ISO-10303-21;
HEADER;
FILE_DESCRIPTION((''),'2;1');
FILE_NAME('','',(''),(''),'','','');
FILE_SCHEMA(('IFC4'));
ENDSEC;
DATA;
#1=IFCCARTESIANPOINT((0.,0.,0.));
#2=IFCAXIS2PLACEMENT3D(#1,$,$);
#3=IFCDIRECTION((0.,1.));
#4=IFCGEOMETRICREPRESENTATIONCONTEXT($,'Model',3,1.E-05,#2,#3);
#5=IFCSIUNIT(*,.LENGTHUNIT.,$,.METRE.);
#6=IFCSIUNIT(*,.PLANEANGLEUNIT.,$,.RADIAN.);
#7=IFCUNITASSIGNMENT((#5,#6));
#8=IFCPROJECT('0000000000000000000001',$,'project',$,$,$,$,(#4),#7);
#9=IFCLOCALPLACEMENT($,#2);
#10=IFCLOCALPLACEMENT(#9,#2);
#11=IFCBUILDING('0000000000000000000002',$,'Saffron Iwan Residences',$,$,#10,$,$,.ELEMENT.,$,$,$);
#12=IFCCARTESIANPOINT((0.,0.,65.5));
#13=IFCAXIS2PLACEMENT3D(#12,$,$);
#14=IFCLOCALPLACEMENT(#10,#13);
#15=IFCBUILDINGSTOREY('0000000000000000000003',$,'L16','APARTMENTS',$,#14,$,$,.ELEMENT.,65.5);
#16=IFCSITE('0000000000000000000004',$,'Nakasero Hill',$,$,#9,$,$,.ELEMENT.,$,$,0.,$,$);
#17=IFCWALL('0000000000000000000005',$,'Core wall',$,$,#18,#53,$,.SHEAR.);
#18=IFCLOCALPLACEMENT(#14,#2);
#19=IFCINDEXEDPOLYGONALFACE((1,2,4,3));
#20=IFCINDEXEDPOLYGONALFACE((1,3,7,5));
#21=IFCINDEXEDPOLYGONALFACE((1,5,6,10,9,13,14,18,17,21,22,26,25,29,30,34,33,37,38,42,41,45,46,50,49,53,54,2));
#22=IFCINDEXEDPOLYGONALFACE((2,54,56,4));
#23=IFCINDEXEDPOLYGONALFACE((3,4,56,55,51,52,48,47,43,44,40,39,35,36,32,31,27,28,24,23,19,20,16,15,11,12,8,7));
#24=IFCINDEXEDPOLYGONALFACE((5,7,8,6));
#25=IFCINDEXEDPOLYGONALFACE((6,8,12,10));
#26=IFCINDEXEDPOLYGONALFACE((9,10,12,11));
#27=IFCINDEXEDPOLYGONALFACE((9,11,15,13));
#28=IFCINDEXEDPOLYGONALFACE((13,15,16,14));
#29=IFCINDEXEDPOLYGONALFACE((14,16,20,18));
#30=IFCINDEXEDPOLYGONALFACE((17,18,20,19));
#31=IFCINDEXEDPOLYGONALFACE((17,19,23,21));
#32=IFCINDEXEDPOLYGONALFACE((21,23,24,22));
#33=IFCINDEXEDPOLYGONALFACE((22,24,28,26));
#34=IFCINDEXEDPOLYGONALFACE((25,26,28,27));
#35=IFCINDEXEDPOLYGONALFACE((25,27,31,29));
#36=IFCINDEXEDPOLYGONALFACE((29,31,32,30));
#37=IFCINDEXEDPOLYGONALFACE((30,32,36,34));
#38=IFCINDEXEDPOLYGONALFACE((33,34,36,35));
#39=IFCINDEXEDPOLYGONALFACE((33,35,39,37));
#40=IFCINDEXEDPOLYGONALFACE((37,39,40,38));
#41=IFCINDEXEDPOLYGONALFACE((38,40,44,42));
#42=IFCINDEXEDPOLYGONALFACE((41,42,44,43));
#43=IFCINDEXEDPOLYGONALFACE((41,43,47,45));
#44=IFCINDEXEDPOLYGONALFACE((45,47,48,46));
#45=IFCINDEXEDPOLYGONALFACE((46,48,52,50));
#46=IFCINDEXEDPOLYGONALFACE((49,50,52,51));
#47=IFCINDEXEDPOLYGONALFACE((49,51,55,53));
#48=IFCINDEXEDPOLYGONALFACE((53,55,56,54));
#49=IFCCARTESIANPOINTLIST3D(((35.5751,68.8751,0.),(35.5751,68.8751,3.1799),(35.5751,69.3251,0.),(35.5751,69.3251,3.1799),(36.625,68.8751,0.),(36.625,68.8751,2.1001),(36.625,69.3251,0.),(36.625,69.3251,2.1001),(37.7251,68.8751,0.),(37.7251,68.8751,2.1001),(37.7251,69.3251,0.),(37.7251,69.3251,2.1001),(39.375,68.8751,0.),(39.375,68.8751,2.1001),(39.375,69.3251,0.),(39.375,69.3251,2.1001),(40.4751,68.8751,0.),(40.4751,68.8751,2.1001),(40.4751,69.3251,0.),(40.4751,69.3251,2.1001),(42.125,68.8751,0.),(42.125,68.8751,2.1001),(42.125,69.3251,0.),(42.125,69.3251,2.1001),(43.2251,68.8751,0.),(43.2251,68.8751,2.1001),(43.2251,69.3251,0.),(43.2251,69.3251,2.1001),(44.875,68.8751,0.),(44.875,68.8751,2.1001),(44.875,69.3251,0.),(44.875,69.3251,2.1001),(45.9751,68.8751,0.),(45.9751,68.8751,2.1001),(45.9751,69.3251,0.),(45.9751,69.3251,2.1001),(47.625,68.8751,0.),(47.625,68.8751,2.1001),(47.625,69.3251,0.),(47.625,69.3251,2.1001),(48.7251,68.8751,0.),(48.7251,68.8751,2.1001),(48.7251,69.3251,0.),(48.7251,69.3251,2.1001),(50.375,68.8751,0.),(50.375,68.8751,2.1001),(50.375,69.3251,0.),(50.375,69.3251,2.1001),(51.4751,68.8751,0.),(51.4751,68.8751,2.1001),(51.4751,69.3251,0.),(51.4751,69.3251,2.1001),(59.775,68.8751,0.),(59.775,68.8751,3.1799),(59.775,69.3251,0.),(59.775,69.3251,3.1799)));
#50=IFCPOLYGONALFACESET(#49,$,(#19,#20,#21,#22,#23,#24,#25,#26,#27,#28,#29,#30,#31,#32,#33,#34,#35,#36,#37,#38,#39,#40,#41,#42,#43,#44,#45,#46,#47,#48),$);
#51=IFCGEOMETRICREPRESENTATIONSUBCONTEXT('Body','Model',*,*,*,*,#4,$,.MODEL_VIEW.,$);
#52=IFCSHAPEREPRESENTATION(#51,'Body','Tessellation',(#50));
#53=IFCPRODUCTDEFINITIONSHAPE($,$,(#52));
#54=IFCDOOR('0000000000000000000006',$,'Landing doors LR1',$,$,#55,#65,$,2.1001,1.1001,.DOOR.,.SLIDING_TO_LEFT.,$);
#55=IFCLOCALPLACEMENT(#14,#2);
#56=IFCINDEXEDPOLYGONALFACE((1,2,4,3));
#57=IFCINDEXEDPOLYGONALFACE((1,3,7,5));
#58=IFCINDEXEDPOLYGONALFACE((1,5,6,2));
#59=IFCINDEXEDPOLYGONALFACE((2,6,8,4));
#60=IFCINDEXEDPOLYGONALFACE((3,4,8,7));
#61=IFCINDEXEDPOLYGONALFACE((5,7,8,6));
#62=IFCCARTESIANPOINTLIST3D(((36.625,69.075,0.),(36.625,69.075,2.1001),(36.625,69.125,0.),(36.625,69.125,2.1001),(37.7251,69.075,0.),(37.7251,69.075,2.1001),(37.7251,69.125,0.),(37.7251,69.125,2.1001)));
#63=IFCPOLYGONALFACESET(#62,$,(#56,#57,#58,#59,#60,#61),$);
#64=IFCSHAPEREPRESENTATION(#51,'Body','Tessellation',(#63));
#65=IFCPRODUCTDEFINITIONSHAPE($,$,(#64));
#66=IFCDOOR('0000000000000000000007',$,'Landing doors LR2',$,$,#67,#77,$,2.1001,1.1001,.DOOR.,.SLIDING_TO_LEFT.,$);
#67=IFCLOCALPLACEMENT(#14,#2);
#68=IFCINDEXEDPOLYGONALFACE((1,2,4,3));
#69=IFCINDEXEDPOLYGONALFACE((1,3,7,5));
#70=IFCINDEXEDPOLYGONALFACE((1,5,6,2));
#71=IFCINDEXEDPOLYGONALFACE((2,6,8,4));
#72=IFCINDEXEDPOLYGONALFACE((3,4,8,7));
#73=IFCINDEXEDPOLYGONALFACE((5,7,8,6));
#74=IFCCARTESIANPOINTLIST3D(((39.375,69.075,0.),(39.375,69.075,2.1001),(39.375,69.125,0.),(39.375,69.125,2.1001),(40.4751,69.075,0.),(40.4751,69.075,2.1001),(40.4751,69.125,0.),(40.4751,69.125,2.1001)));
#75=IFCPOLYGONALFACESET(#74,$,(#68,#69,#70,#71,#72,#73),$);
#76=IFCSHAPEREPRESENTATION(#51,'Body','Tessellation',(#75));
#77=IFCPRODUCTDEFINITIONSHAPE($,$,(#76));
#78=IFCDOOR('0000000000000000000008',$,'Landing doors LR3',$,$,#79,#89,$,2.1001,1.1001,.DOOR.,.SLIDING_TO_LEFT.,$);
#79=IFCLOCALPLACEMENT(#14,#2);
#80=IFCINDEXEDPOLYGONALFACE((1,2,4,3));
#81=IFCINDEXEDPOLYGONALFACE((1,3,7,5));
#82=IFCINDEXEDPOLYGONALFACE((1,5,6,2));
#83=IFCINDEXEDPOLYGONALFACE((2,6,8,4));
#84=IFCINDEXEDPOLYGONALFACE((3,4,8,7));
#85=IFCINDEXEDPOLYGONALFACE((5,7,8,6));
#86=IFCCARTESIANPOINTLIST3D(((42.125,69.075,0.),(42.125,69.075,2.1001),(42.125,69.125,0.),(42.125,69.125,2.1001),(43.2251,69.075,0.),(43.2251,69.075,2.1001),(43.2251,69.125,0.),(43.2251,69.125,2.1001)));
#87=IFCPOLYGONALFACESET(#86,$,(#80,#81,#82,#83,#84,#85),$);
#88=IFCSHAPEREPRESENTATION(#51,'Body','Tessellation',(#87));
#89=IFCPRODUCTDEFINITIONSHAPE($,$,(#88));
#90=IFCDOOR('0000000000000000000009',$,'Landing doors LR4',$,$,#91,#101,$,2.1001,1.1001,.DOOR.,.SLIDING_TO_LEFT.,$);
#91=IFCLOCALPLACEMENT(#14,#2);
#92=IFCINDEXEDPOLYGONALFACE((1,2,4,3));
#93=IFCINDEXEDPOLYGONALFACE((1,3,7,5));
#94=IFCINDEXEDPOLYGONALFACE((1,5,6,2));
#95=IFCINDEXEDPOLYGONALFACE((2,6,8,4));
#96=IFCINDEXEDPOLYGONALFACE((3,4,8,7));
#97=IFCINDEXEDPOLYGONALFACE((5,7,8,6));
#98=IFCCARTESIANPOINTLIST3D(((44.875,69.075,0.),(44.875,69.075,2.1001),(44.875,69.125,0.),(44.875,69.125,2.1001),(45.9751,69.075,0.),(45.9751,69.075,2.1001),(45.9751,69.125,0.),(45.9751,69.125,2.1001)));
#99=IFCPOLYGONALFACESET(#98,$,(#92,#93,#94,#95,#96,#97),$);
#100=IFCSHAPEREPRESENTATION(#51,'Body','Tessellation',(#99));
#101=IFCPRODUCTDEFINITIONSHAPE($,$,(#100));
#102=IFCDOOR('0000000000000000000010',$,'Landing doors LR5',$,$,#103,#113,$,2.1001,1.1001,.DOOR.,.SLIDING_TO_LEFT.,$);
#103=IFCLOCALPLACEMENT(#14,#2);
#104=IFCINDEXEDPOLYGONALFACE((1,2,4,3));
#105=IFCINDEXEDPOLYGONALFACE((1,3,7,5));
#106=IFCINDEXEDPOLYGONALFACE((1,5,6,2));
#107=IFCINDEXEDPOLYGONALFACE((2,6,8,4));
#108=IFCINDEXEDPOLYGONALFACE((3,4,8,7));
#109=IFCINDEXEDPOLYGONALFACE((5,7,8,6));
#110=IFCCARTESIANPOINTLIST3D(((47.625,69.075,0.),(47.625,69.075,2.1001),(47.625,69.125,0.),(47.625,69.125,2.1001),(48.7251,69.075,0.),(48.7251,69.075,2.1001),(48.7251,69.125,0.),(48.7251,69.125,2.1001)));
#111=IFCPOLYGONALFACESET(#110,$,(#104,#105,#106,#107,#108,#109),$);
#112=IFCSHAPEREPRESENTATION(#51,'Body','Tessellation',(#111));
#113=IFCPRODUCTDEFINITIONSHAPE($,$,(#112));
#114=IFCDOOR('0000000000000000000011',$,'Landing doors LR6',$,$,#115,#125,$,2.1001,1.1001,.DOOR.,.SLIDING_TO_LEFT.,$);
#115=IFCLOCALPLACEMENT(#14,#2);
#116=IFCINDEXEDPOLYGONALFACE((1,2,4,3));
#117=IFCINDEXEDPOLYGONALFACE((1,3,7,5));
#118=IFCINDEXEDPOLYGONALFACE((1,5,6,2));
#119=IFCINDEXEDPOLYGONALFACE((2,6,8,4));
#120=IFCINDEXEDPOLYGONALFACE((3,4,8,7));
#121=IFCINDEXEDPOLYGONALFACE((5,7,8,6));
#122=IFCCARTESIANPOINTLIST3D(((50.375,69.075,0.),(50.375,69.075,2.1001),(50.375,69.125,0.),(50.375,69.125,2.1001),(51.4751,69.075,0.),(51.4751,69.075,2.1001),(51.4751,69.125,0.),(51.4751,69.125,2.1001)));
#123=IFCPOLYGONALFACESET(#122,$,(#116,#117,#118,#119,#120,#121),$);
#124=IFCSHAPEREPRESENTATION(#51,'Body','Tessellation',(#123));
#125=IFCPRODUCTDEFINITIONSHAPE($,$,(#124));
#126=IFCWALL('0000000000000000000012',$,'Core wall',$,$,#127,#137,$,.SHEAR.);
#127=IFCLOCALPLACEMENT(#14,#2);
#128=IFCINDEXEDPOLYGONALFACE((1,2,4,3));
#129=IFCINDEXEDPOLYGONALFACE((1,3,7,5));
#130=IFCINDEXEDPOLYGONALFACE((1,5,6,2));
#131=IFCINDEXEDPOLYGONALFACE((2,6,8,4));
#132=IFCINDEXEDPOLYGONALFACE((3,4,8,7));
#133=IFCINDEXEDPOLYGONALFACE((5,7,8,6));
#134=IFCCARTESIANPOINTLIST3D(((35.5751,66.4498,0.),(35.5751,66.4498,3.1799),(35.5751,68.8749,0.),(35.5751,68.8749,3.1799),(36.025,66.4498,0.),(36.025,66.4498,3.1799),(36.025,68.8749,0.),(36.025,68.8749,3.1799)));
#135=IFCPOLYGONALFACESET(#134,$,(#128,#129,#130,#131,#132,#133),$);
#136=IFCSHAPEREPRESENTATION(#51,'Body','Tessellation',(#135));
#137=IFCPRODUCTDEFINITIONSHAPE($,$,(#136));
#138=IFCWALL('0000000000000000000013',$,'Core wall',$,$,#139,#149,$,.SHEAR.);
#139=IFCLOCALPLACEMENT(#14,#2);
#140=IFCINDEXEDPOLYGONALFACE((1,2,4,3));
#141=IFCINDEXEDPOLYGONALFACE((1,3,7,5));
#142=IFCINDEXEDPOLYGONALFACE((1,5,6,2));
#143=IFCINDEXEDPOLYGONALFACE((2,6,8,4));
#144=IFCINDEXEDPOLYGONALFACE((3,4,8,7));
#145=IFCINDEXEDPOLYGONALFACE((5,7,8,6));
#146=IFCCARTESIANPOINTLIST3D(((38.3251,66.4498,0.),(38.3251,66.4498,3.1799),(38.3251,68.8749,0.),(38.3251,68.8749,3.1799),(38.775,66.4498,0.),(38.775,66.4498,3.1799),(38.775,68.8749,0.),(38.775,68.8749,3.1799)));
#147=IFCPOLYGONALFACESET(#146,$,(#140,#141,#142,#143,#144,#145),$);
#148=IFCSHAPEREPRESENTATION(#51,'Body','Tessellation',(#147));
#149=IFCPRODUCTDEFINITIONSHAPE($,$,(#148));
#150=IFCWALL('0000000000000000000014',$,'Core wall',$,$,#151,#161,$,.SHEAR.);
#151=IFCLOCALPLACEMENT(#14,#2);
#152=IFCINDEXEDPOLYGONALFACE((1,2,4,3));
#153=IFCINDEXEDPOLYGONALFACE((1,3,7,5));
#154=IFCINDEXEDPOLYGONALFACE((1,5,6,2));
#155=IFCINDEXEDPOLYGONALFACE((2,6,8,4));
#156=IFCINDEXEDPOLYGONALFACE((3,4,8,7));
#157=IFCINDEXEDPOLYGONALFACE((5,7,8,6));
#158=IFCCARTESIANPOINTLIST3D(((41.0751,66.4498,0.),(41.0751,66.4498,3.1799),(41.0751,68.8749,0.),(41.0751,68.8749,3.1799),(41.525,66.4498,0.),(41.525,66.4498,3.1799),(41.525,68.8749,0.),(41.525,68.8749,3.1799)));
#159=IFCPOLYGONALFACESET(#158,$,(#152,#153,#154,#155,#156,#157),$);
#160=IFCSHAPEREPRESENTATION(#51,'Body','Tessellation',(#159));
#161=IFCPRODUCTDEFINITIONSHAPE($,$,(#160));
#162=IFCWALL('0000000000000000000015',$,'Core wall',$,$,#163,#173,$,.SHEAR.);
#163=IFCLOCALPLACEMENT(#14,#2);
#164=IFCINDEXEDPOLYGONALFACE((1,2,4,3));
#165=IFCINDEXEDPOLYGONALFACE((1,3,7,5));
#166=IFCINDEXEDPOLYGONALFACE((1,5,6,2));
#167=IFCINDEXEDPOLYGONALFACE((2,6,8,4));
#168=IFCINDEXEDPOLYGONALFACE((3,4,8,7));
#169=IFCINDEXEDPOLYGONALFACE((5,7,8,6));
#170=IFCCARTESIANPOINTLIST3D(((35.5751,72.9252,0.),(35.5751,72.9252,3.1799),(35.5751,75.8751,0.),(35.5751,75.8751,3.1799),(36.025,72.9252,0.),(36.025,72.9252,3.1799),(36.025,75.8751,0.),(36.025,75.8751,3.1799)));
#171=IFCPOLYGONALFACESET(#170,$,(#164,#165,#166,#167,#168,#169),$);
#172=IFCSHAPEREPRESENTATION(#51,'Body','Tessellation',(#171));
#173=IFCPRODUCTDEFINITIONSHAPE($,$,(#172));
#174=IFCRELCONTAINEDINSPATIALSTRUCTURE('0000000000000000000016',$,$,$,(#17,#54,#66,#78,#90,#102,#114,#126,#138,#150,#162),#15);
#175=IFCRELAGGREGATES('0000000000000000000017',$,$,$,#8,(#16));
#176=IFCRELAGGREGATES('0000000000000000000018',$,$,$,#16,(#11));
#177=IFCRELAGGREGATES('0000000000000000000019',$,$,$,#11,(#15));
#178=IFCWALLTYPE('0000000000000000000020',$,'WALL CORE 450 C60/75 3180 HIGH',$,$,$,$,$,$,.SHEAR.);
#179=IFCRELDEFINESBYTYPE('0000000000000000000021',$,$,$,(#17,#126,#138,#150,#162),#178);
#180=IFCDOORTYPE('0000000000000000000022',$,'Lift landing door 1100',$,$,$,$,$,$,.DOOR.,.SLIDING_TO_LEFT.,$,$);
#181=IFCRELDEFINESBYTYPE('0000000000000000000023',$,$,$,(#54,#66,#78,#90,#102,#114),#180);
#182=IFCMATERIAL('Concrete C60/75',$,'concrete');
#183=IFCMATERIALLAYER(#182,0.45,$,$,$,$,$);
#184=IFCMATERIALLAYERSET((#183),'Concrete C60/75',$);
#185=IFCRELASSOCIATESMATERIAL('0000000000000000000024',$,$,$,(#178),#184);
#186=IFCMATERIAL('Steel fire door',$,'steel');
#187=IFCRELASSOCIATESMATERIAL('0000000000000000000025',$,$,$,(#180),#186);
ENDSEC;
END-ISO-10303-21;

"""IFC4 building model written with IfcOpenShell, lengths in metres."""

from ifc_helpers import new_model, si_unit, direction, frame, frame_2d, origin, place, context, subcontext, project, spatial, rectangle, extrude, material, layer, layer_set, type_object, element, fill, save


model = new_model("IFC4")

# Units and contexts
model_context = context("Model", 3, precision=1e-05, world=origin(), true_north=direction((0.0, 1.0)))
body_context = subcontext(model_context, "Body", "Model", "MODEL_VIEW")
ifc_project = project(units=[si_unit("LENGTHUNIT", "METRE"), si_unit("PLANEANGLEUNIT", "RADIAN")], contexts=[model_context])

# Site, building, storey
site_placement = place(None, origin())
site = spatial("IfcSite", under=ifc_project, at=site_placement, Name="Nakasero Hill", CompositionType="ELEMENT", RefElevation=0.0)
building_placement = place(site_placement, origin())
building = spatial("IfcBuilding", under=site, at=building_placement, Name="Saffron Iwan Residences", CompositionType="ELEMENT")
storey_placement = place(building_placement, frame((0.0, 0.0, 65.5)))
storey = spatial("IfcBuildingStorey", under=building, at=storey_placement, Name="L16", Description="APARTMENTS", CompositionType="ELEMENT", Elevation=65.5)

# Wall, openings, doors
ifc_material_1 = material(Name="Concrete C60/75", Category="concrete")
ifc_layer = layer(ifc_material_1, 0.45)
ifc_layer_set = layer_set([ifc_layer], Name="Concrete C60/75")
wall_type = type_object("IfcWallType", Name="WALL CORE 450 C60/75 3180 HIGH", PredefinedType="SHEAR", material=ifc_layer_set)
wall_placement = place(storey_placement, frame((35.575, 69.1001, 0.0), z_axis=(0.0, 0.0, 1.0), x_axis=(1.0, 0.0, 0.0)))
wall = element("IfcWall", 1, at=wall_placement, inside=storey, type_object=wall_type, Name="Core wall", PredefinedType="SHEAR", context=body_context, shape_type="SweptSolid", body=[
    extrude(rectangle(XDim=24.2, YDim=0.45, at=frame_2d((12.1001, 0.0))), origin(), (0.0, 0.0, 1.0), 3.1799),
])
opening_1_placement = place(wall_placement, frame((1.05, 0.0, 0.0)))
opening_1 = element("IfcOpeningElement", 2, at=opening_1_placement, cuts=wall, PredefinedType="OPENING", context=body_context, shape_type="SweptSolid", body=[
    extrude(rectangle(XDim=1.1001, YDim=2.1001, at=frame_2d((0.55, 1.05))), frame((0.0, 0.2349, 0.0), z_axis=(0.0, -1.0, 0.0), x_axis=(1.0, 0.0, 0.0)), (0.0, 0.0, 1.0), 0.47),
])
opening_2_placement = place(wall_placement, frame((3.8, 0.0, 0.0)))
opening_2 = element("IfcOpeningElement", 3, at=opening_2_placement, cuts=wall, PredefinedType="OPENING", context=body_context, shape_type="SweptSolid", body=[
    extrude(rectangle(XDim=1.1001, YDim=2.1001, at=frame_2d((0.55, 1.05))), frame((0.0, 0.2349, 0.0), z_axis=(0.0, -1.0, 0.0), x_axis=(1.0, 0.0, 0.0)), (0.0, 0.0, 1.0), 0.47),
])
opening_3_placement = place(wall_placement, frame((6.55, 0.0, 0.0)))
opening_3 = element("IfcOpeningElement", 4, at=opening_3_placement, cuts=wall, PredefinedType="OPENING", context=body_context, shape_type="SweptSolid", body=[
    extrude(rectangle(XDim=1.1001, YDim=2.1001, at=frame_2d((0.55, 1.05))), frame((0.0, 0.2349, 0.0), z_axis=(0.0, -1.0, 0.0), x_axis=(1.0, 0.0, 0.0)), (0.0, 0.0, 1.0), 0.47),
])
opening_4_placement = place(wall_placement, frame((9.3, 0.0, 0.0)))
opening_4 = element("IfcOpeningElement", 5, at=opening_4_placement, cuts=wall, PredefinedType="OPENING", context=body_context, shape_type="SweptSolid", body=[
    extrude(rectangle(XDim=1.1001, YDim=2.1001, at=frame_2d((0.55, 1.05))), frame((0.0, 0.2349, 0.0), z_axis=(0.0, -1.0, 0.0), x_axis=(1.0, 0.0, 0.0)), (0.0, 0.0, 1.0), 0.47),
])
opening_5_placement = place(wall_placement, frame((12.05, 0.0, 0.0)))
opening_5 = element("IfcOpeningElement", 6, at=opening_5_placement, cuts=wall, PredefinedType="OPENING", context=body_context, shape_type="SweptSolid", body=[
    extrude(rectangle(XDim=1.1001, YDim=2.1001, at=frame_2d((0.55, 1.05))), frame((0.0, 0.2349, 0.0), z_axis=(0.0, -1.0, 0.0), x_axis=(1.0, 0.0, 0.0)), (0.0, 0.0, 1.0), 0.47),
])
opening_6_placement = place(wall_placement, frame((14.8, 0.0, 0.0)))
opening_6 = element("IfcOpeningElement", 7, at=opening_6_placement, cuts=wall, PredefinedType="OPENING", context=body_context, shape_type="SweptSolid", body=[
    extrude(rectangle(XDim=1.1001, YDim=2.1001, at=frame_2d((0.55, 1.05))), frame((0.0, 0.2349, 0.0), z_axis=(0.0, -1.0, 0.0), x_axis=(1.0, 0.0, 0.0)), (0.0, 0.0, 1.0), 0.47),
])
ifc_material_2 = material(Name="Steel fire door", Category="steel")
door_type = type_object("IfcDoorType", Name="Lift landing door 1100", OperationType="SLIDING_TO_LEFT", PredefinedType="DOOR", material=ifc_material_2)
door_1_placement = place(opening_1_placement, origin())
door_1 = element("IfcDoor", 8, at=door_1_placement, inside=storey, type_object=door_type, Name="Landing doors LR1", OperationType="SLIDING_TO_LEFT", OverallHeight=2.1001, OverallWidth=1.1001, PredefinedType="DOOR", context=body_context, shape_type="SweptSolid", body=[
    extrude(rectangle(XDim=1.1001, YDim=2.1001, at=frame_2d((0.55, 1.05))), frame((0.0, 0.0249, 0.0), z_axis=(0.0, -1.0, 0.0), x_axis=(1.0, 0.0, 0.0)), (0.0, 0.0, 1.0), 0.05),
])
fill(opening_1, door_1)
door_2_placement = place(opening_2_placement, origin())
door_2 = element("IfcDoor", 9, at=door_2_placement, inside=storey, type_object=door_type, Name="Landing doors LR2", OperationType="SLIDING_TO_LEFT", OverallHeight=2.1001, OverallWidth=1.1001, PredefinedType="DOOR", context=body_context, shape_type="SweptSolid", body=[
    extrude(rectangle(XDim=1.1001, YDim=2.1001, at=frame_2d((0.55, 1.05))), frame((0.0, 0.0249, 0.0), z_axis=(0.0, -1.0, 0.0), x_axis=(1.0, 0.0, 0.0)), (0.0, 0.0, 1.0), 0.05),
])
fill(opening_2, door_2)
door_3_placement = place(opening_3_placement, origin())
door_3 = element("IfcDoor", 10, at=door_3_placement, inside=storey, type_object=door_type, Name="Landing doors LR3", OperationType="SLIDING_TO_LEFT", OverallHeight=2.1001, OverallWidth=1.1001, PredefinedType="DOOR", context=body_context, shape_type="SweptSolid", body=[
    extrude(rectangle(XDim=1.1001, YDim=2.1001, at=frame_2d((0.55, 1.05))), frame((0.0, 0.0249, 0.0), z_axis=(0.0, -1.0, 0.0), x_axis=(1.0, 0.0, 0.0)), (0.0, 0.0, 1.0), 0.05),
])
fill(opening_3, door_3)
door_4_placement = place(opening_4_placement, origin())
door_4 = element("IfcDoor", 11, at=door_4_placement, inside=storey, type_object=door_type, Name="Landing doors LR4", OperationType="SLIDING_TO_LEFT", OverallHeight=2.1001, OverallWidth=1.1001, PredefinedType="DOOR", context=body_context, shape_type="SweptSolid", body=[
    extrude(rectangle(XDim=1.1001, YDim=2.1001, at=frame_2d((0.55, 1.05))), frame((0.0, 0.0249, 0.0), z_axis=(0.0, -1.0, 0.0), x_axis=(1.0, 0.0, 0.0)), (0.0, 0.0, 1.0), 0.05),
])
fill(opening_4, door_4)
door_5_placement = place(opening_5_placement, origin())
door_5 = element("IfcDoor", 12, at=door_5_placement, inside=storey, type_object=door_type, Name="Landing doors LR5", OperationType="SLIDING_TO_LEFT", OverallHeight=2.1001, OverallWidth=1.1001, PredefinedType="DOOR", context=body_context, shape_type="SweptSolid", body=[
    extrude(rectangle(XDim=1.1001, YDim=2.1001, at=frame_2d((0.55, 1.05))), frame((0.0, 0.0249, 0.0), z_axis=(0.0, -1.0, 0.0), x_axis=(1.0, 0.0, 0.0)), (0.0, 0.0, 1.0), 0.05),
])
fill(opening_5, door_5)
door_6_placement = place(opening_6_placement, origin())
door_6 = element("IfcDoor", 13, at=door_6_placement, inside=storey, type_object=door_type, Name="Landing doors LR6", OperationType="SLIDING_TO_LEFT", OverallHeight=2.1001, OverallWidth=1.1001, PredefinedType="DOOR", context=body_context, shape_type="SweptSolid", body=[
    extrude(rectangle(XDim=1.1001, YDim=2.1001, at=frame_2d((0.55, 1.05))), frame((0.0, 0.0249, 0.0), z_axis=(0.0, -1.0, 0.0), x_axis=(1.0, 0.0, 0.0)), (0.0, 0.0, 1.0), 0.05),
])
fill(opening_6, door_6)

# Walls
for number, where, z_axis, x_axis, name in (
    (14, (35.8, 66.45, 0.0), (0.0, 0.0, 1.0), (0.0, 1.0, 0.0), "Core wall"),
    (15, (38.55, 66.45, 0.0), (0.0, 0.0, 1.0), (0.0, 1.0, 0.0), "Core wall"),
    (16, (41.3, 66.45, 0.0), (0.0, 0.0, 1.0), (0.0, 1.0, 0.0), "Core wall"),
):
    element("IfcWall", number, at=place(storey_placement, frame(where, z_axis=z_axis, x_axis=x_axis)), inside=storey, type_object=wall_type, Name=name, PredefinedType="SHEAR", context=body_context, shape_type="SweptSolid", body=[
        extrude(rectangle(XDim=2.425, YDim=0.45, at=frame_2d((1.2124, 0.0))), origin(), (0.0, 0.0, 1.0), 3.1799),
    ])
for number, where, z_axis, x_axis, name in (
    (17, (35.8, 72.925, 0.0), (0.0, 0.0, 1.0), (0.0, 1.0, 0.0), "Core wall"),
):
    element("IfcWall", number, at=place(storey_placement, frame(where, z_axis=z_axis, x_axis=x_axis)), inside=storey, type_object=wall_type, Name=name, PredefinedType="SHEAR", context=body_context, shape_type="SweptSolid", body=[
        extrude(rectangle(XDim=2.95, YDim=0.45, at=frame_2d((1.4751, 0.0))), origin(), (0.0, 0.0, 1.0), 3.1799),
    ])

save(model, "model.ifc")
